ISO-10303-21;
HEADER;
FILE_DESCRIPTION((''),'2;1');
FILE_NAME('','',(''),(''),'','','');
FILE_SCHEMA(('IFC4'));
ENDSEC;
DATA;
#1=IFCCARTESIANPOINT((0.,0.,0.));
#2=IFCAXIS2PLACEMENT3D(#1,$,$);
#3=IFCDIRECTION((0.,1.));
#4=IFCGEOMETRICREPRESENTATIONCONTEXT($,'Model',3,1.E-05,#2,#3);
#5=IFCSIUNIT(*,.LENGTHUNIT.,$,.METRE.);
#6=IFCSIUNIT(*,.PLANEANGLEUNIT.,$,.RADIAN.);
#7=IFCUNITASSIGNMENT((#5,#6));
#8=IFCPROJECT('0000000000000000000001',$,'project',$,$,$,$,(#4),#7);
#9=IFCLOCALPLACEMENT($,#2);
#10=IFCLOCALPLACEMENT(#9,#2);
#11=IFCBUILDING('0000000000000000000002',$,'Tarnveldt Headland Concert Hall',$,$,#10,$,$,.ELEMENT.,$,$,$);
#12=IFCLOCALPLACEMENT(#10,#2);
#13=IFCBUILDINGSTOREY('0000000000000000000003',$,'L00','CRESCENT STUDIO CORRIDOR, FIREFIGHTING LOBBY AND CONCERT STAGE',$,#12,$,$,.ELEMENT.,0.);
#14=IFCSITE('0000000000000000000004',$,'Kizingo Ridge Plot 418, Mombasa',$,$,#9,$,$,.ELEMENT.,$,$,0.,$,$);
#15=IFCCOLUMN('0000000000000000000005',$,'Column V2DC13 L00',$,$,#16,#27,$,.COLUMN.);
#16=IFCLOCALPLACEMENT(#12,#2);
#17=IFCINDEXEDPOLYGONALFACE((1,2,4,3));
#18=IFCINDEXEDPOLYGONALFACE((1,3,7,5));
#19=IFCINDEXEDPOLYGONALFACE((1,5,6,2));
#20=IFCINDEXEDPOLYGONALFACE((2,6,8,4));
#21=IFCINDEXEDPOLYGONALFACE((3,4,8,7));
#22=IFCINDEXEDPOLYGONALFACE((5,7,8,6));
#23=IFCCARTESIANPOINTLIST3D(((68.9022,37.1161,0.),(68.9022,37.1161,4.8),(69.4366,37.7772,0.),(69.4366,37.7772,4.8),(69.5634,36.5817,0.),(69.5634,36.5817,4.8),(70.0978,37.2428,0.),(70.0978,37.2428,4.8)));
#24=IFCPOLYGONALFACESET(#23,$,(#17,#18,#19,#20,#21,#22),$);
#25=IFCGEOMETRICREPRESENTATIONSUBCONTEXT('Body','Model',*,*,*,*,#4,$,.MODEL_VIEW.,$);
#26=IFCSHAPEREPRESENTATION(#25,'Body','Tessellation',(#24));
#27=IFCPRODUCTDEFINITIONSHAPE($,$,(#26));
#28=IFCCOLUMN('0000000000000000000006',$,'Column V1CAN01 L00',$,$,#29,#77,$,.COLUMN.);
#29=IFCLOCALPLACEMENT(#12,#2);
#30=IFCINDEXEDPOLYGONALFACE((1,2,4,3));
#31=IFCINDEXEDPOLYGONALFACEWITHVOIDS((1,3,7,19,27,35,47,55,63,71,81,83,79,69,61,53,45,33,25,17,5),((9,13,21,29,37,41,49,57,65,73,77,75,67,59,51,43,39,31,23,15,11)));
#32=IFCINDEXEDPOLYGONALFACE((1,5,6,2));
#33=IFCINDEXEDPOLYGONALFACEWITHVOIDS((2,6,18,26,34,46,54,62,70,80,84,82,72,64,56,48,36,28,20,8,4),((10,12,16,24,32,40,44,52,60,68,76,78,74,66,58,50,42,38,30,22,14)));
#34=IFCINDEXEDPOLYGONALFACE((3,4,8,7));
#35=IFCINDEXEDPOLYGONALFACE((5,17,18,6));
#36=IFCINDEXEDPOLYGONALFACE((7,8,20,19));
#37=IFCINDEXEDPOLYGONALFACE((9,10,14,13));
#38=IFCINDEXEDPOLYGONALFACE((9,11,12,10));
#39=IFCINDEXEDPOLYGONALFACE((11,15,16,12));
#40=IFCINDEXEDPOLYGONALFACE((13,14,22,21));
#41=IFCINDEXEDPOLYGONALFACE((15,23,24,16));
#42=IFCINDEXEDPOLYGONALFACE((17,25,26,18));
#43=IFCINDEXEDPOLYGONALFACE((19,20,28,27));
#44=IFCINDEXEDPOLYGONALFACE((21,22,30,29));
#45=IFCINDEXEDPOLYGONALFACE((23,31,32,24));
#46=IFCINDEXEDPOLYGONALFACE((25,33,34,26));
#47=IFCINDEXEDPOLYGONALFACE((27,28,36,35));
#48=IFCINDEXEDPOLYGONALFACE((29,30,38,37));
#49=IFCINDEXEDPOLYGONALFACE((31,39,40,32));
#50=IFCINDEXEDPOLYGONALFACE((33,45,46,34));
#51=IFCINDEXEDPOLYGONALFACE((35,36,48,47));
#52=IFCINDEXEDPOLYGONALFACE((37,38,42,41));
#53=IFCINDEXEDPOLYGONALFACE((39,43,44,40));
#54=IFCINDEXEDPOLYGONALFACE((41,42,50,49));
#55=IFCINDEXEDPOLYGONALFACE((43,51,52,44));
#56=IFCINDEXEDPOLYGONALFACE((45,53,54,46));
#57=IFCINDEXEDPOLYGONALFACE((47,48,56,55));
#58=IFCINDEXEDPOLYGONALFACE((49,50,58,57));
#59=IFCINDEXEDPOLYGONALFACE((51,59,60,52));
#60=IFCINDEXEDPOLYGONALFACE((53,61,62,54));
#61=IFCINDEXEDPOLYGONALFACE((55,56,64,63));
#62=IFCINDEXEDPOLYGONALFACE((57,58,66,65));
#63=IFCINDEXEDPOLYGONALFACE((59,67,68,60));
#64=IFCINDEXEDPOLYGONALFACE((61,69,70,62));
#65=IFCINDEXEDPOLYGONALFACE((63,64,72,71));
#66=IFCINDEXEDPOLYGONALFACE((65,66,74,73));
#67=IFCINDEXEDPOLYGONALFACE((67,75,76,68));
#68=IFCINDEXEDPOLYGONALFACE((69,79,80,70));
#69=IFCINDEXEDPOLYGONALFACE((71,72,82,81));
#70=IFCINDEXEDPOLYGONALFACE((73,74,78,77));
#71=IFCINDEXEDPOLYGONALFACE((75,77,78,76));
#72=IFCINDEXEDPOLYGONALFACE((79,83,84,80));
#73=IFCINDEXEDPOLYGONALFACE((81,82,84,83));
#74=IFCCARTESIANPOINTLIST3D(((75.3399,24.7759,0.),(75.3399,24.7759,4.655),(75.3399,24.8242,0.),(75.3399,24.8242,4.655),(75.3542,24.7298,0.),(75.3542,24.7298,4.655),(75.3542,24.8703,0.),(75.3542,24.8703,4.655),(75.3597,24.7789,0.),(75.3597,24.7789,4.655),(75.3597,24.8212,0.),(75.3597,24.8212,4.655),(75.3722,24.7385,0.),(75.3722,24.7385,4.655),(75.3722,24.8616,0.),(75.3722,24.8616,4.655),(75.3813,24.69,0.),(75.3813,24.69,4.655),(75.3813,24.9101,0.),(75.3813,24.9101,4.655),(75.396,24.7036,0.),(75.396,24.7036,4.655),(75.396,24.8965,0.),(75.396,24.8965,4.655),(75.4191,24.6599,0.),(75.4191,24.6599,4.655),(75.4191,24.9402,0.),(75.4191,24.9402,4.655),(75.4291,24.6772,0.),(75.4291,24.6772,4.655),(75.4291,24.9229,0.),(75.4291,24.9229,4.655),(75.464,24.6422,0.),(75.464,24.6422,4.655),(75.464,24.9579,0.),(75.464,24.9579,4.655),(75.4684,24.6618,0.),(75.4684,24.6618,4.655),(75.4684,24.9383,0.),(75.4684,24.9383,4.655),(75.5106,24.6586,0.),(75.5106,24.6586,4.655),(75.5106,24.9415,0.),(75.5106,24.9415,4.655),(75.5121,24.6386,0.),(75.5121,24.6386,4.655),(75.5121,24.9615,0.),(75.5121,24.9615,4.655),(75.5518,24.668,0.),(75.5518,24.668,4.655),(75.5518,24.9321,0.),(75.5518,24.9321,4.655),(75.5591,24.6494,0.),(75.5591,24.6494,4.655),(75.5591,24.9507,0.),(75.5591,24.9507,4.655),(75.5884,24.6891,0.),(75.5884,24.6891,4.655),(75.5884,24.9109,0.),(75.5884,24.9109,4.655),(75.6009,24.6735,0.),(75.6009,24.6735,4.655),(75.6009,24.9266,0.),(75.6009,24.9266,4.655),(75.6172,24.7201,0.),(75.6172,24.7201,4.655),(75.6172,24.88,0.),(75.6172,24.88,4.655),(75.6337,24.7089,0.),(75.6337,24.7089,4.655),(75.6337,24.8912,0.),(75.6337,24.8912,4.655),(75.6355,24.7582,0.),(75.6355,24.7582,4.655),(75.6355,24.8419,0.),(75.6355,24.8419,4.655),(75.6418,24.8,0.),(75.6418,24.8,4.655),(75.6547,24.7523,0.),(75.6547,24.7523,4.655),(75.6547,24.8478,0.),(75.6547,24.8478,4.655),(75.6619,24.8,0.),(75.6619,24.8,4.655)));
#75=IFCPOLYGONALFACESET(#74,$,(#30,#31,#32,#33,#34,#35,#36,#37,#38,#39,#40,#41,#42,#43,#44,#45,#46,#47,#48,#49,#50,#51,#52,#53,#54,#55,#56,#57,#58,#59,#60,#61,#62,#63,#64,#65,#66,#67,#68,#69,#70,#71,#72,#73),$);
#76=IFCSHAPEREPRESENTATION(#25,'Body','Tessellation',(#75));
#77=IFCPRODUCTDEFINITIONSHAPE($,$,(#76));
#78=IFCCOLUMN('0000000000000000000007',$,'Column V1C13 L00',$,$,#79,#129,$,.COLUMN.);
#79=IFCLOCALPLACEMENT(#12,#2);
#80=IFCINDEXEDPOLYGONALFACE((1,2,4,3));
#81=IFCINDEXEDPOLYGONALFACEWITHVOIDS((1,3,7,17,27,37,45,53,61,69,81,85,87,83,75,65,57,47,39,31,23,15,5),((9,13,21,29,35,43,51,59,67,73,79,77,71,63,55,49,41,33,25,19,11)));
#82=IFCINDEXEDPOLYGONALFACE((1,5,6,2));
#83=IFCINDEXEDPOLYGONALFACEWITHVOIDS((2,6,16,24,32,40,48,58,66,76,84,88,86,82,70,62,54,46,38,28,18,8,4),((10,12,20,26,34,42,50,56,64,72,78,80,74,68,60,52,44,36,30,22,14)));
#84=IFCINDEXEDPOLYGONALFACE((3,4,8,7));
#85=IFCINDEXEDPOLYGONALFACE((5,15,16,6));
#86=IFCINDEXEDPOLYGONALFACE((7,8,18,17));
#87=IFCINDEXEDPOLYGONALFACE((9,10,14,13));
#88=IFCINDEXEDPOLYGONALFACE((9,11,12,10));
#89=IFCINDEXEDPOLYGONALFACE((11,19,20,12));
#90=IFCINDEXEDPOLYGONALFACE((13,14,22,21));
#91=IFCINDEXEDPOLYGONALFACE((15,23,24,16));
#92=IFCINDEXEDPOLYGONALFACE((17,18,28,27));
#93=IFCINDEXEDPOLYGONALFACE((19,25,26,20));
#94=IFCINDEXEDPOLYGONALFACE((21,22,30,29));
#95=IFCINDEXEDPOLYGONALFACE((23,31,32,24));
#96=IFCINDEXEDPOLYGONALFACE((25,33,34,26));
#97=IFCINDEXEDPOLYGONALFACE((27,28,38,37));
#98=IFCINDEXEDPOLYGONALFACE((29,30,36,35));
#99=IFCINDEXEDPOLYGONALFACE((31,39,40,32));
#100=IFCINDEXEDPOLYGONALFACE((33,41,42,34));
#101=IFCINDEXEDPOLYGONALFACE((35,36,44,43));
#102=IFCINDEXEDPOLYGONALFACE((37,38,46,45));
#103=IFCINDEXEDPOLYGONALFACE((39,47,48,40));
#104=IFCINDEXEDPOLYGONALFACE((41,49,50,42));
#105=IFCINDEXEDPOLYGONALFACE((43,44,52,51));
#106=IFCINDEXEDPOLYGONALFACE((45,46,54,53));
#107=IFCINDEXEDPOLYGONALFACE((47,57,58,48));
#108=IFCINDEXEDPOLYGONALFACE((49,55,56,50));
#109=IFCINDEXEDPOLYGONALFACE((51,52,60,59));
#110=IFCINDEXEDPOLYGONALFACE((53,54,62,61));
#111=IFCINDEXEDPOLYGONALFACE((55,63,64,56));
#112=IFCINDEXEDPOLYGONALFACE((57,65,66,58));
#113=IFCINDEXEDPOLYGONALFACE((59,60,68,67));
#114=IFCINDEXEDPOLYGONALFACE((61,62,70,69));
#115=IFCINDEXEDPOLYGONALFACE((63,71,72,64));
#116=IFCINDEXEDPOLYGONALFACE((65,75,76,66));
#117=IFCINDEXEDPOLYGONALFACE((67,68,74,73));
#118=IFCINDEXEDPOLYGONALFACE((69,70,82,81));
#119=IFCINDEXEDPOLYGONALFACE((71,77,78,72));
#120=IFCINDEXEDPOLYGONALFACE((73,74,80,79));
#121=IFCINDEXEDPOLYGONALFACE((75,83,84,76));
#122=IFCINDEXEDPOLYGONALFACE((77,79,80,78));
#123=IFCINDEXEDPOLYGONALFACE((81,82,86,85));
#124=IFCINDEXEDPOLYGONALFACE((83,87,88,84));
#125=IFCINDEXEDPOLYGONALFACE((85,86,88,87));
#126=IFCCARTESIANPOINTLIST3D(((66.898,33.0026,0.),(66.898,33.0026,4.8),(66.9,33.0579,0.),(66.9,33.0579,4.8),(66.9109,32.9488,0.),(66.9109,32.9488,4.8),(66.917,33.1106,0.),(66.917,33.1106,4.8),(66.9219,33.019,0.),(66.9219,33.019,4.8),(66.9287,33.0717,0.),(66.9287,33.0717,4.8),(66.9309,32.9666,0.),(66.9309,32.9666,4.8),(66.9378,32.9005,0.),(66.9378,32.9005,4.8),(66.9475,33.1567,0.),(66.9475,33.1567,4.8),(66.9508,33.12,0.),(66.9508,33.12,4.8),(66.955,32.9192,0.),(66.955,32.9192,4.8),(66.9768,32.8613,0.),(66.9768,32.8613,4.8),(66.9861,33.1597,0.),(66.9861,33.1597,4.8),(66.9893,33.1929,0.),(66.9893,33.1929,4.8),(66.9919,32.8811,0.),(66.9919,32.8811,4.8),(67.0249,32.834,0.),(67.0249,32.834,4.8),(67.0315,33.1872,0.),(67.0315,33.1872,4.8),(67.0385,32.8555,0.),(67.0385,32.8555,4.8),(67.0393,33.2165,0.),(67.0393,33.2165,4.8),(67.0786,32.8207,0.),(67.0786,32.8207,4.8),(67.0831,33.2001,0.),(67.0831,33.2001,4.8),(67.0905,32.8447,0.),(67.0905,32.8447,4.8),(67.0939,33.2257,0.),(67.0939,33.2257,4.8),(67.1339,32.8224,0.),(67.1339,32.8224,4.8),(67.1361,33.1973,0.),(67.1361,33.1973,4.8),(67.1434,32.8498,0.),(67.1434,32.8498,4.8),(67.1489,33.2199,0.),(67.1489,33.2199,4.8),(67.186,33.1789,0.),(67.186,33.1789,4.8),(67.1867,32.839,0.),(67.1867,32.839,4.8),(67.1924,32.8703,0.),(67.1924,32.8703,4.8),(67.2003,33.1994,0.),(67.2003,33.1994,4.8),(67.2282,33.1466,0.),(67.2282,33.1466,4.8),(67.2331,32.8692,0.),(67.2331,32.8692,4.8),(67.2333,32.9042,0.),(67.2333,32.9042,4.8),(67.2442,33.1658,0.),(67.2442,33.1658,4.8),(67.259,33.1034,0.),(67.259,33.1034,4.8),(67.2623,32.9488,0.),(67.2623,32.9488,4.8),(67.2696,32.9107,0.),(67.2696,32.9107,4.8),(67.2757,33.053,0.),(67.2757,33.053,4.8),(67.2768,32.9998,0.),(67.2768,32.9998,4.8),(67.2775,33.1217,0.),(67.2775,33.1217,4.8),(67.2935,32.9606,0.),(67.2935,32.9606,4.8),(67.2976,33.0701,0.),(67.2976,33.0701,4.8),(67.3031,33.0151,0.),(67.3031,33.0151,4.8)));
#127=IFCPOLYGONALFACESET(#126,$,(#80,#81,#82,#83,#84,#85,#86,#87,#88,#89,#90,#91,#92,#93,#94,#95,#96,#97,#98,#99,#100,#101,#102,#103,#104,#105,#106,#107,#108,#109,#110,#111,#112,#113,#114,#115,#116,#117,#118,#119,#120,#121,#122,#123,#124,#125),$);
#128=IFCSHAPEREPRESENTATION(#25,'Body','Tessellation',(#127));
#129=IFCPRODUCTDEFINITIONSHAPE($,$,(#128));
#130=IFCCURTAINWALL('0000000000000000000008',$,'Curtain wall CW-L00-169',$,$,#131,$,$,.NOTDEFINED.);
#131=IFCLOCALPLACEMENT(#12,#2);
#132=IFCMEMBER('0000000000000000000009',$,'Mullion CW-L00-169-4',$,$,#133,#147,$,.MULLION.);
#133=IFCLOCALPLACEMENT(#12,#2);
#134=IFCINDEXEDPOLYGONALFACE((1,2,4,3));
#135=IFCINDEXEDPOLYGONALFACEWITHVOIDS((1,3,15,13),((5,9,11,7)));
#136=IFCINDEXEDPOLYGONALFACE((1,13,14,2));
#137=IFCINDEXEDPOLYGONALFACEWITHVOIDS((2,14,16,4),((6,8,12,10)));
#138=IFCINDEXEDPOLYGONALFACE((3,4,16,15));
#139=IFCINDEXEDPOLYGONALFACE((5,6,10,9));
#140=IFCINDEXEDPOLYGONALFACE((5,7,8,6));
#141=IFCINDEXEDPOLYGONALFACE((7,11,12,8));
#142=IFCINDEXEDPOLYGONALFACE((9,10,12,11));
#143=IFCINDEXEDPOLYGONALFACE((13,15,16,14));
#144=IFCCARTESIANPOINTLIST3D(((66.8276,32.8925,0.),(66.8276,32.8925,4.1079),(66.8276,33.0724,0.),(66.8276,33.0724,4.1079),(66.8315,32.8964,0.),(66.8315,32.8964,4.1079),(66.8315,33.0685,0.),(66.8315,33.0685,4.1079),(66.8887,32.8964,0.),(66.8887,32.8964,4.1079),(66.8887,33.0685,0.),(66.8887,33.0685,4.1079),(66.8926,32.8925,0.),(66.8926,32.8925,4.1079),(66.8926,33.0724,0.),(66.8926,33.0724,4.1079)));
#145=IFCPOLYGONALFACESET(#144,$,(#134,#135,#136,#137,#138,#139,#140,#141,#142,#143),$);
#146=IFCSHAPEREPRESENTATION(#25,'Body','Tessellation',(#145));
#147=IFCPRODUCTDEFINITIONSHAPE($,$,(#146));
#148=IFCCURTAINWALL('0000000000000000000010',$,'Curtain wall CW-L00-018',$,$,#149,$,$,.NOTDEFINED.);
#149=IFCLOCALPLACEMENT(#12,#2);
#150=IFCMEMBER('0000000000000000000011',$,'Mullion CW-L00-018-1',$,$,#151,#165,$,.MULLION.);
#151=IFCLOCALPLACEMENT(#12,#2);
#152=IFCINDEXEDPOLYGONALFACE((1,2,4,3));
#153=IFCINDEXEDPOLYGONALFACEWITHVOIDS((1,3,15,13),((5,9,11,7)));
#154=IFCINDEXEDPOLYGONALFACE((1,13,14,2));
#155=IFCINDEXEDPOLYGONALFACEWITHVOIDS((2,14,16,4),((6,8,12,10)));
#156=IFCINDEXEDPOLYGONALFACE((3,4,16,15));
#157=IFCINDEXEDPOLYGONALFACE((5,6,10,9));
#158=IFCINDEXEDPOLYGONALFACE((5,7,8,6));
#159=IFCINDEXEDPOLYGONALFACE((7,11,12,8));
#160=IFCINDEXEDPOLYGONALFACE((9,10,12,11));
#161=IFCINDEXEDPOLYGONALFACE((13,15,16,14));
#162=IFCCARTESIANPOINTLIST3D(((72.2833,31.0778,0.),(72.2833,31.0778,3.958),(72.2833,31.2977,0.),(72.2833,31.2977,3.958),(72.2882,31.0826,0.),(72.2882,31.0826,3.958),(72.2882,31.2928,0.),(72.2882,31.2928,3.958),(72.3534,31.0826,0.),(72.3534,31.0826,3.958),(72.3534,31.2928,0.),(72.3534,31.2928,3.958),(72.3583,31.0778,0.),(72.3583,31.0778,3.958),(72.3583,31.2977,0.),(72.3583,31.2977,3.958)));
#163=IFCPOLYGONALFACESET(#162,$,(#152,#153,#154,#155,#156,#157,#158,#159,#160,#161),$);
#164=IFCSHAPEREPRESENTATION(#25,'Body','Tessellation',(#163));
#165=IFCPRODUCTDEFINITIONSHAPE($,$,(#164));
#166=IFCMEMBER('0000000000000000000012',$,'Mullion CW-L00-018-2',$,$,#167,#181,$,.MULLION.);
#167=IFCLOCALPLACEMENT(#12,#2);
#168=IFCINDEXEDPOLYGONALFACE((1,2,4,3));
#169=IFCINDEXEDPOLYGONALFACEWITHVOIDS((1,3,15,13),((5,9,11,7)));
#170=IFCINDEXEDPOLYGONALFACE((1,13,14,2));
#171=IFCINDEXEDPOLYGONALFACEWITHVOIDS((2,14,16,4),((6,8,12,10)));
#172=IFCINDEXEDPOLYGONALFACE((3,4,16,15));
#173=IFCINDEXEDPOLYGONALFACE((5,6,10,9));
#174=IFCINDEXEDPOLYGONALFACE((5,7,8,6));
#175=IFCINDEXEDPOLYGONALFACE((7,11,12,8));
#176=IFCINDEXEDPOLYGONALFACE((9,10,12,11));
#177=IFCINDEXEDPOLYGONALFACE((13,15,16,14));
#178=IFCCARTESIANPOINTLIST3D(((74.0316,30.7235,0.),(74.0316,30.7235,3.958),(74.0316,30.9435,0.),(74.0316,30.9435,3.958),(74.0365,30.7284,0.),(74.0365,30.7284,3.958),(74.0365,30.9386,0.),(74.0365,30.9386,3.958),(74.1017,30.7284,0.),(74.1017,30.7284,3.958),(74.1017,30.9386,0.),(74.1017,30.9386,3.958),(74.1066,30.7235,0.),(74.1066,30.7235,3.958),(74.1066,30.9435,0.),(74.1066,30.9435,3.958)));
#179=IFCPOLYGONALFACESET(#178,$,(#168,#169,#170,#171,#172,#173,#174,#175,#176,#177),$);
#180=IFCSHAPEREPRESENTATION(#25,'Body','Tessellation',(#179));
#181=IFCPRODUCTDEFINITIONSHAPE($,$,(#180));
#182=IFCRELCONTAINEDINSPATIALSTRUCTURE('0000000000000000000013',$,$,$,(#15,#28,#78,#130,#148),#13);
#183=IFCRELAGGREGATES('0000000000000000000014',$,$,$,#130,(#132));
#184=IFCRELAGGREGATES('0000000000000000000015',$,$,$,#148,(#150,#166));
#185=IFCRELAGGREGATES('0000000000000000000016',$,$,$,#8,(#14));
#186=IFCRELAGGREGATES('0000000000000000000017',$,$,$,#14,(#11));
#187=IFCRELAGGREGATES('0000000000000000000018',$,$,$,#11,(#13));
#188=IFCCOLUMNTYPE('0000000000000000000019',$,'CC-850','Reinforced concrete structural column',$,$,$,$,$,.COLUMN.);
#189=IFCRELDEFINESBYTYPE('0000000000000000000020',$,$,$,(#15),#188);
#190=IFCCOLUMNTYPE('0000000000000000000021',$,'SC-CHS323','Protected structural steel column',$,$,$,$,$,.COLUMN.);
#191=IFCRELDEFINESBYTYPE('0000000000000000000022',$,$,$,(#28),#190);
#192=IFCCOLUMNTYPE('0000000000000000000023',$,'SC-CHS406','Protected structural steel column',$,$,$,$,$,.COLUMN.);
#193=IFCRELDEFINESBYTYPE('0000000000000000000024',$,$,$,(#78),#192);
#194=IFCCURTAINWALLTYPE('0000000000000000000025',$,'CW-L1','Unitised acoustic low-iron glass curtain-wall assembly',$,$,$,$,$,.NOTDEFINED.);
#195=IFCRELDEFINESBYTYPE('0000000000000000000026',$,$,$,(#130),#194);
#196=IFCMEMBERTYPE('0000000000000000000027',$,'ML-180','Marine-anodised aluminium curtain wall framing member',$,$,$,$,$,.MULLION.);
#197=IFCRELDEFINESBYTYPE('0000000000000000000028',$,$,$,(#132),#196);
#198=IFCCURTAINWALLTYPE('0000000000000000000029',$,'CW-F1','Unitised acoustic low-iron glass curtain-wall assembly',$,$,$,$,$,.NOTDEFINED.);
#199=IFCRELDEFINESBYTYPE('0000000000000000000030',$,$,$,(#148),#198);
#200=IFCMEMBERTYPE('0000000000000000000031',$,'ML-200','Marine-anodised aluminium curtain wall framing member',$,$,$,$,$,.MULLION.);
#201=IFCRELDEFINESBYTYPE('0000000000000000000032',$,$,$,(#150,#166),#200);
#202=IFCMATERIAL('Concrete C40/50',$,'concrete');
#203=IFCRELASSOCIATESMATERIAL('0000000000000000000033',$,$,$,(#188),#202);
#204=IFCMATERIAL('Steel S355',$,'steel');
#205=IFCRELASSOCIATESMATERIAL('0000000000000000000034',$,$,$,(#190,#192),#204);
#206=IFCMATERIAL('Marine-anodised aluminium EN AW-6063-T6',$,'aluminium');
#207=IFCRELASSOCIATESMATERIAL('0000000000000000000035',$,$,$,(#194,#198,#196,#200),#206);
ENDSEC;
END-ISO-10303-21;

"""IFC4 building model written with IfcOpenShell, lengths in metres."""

from ifc_helpers import new_model, si_unit, direction, frame, origin, origin_2d, place, context, subcontext, project, spatial, rectangle, hollow_rectangle, hollow_circle, extrude, material, material_profile, profile_set, type_object, element, aggregate, save


model = new_model("IFC4")

# Units and contexts
model_context = context("Model", 3, precision=1e-05, world=origin(), true_north=direction((0.0, 1.0)))
body_context = subcontext(model_context, "Body", "Model", "MODEL_VIEW")
ifc_project = project(units=[si_unit("LENGTHUNIT", "METRE"), si_unit("PLANEANGLEUNIT", "RADIAN")], contexts=[model_context])

# Site, building, storey
site_placement = place(None, origin())
site = spatial("IfcSite", under=ifc_project, at=site_placement, Name="Kizingo Ridge Plot 418, Mombasa", CompositionType="ELEMENT", RefElevation=0.0)
building_placement = place(site_placement, origin())
building = spatial("IfcBuilding", under=site, at=building_placement, Name="Tarnveldt Headland Concert Hall", CompositionType="ELEMENT")
storey_placement = place(building_placement, origin())
storey = spatial("IfcBuildingStorey", under=building, at=storey_placement, Name="L00", Description="CRESCENT STUDIO CORRIDOR, FIREFIGHTING LOBBY AND CONCERT STAGE", CompositionType="ELEMENT", Elevation=0.0)

# Columns
ifc_material_1 = material(Name="Concrete C40/50", Category="concrete")
ifc_material_profile_1 = material_profile(ifc_material_1, rectangle(XDim=0.8501, YDim=0.8501, at=origin_2d()), Name="RC 850x850", Category="concrete")
ifc_profile_set_1 = profile_set([ifc_material_profile_1], Name="Concrete C40/50")
column_type_1 = type_object("IfcColumnType", Name="CC-850", Description="Reinforced concrete structural column", PredefinedType="COLUMN", material=ifc_profile_set_1)
column_1_placement = place(storey_placement, frame((69.5, 37.1794, 0.0), z_axis=(0.0, 0.0, 1.0), x_axis=(-0.628642, -0.777695, 0.0)))
element("IfcColumn", 1, at=column_1_placement, inside=storey, type_object=column_type_1, Name="Column V2DC13 L00", PredefinedType="COLUMN", context=body_context, shape_type="SweptSolid", body=[
    extrude(rectangle(XDim=0.8501, YDim=0.8501, at=origin_2d()), origin(), (0.0, 0.0, 1.0), 4.8),
])
ifc_material_2 = material(Name="Steel S355", Category="steel")
ifc_material_profile_2 = material_profile(ifc_material_2, hollow_circle(Radius=0.1619, WallThickness=0.02, at=origin_2d()), Name="CHS 323.9x20", Category="steel")
ifc_profile_set_2 = profile_set([ifc_material_profile_2], Name="Steel S355")
column_type_2 = type_object("IfcColumnType", Name="SC-CHS323", Description="Protected structural steel column", PredefinedType="COLUMN", material=ifc_profile_set_2)
column_2_placement = place(storey_placement, frame((75.5, 24.8, 0.0), z_axis=(0.0, 0.0, 1.0), x_axis=(1.0, 0.0, 0.0)))
element("IfcColumn", 2, at=column_2_placement, inside=storey, type_object=column_type_2, Name="Column V1CAN01 L00", PredefinedType="COLUMN", context=body_context, shape_type="SweptSolid", body=[
    extrude(hollow_circle(Radius=0.1619, WallThickness=0.02, at=origin_2d()), origin(), (0.0, 0.0, 1.0), 4.655),
])
ifc_material_profile_3 = material_profile(ifc_material_2, hollow_circle(Radius=0.2031, WallThickness=0.0249, at=origin_2d()), Name="CHS 406.4x25", Category="steel")
ifc_profile_set_3 = profile_set([ifc_material_profile_3], Name="Steel S355")
column_type_3 = type_object("IfcColumnType", Name="SC-CHS406", Description="Protected structural steel column", PredefinedType="COLUMN", material=ifc_profile_set_3)
column_3_placement = place(storey_placement, frame((67.1001, 33.0227, 0.0), z_axis=(0.0, 0.0, 1.0), x_axis=(-0.60696, -0.794733, 0.0)))
element("IfcColumn", 3, at=column_3_placement, inside=storey, type_object=column_type_3, Name="Column V1C13 L00", PredefinedType="COLUMN", context=body_context, shape_type="SweptSolid", body=[
    extrude(hollow_circle(Radius=0.2031, WallThickness=0.0249, at=origin_2d()), origin(), (0.0, 0.0, 1.0), 4.8),
])

# Curtain wall, member
ifc_material_3 = material(Name="Marine-anodised aluminium EN AW-6063-T6", Category="aluminium")
curtain_wall_type_1 = type_object("IfcCurtainWallType", Name="CW-L1", Description="Unitised acoustic low-iron glass curtain-wall assembly", PredefinedType="NOTDEFINED", material=ifc_material_3)
curtain_wall_1_placement = place(storey_placement, origin())
curtain_wall_1 = element("IfcCurtainWall", 4, at=curtain_wall_1_placement, inside=storey, type_object=curtain_wall_type_1, Name="Curtain wall CW-L00-169", PredefinedType="NOTDEFINED")
ifc_material_profile_4 = material_profile(ifc_material_3, hollow_rectangle(XDim=0.0649, YDim=0.1799, WallThickness=0.0039, at=origin_2d()), Name="ALU MULLION 65x180x4", Category="aluminium")
ifc_profile_set_4 = profile_set([ifc_material_profile_4], Name="Marine-anodised aluminium EN AW-6063-T6")
member_type_1 = type_object("IfcMemberType", Name="ML-180", Description="Marine-anodised aluminium curtain wall framing member", PredefinedType="MULLION", material=ifc_profile_set_4)
member_1_placement = place(storey_placement, frame((66.8601, 32.9824, 0.0), z_axis=(0.0, 0.0, 1.0), x_axis=(1.0, 0.0, 0.0)))
member_1 = element("IfcMember", 5, at=member_1_placement, type_object=member_type_1, Name="Mullion CW-L00-169-4", PredefinedType="MULLION", context=body_context, shape_type="SweptSolid", body=[
    extrude(hollow_rectangle(XDim=0.0649, YDim=0.1799, WallThickness=0.0039, at=origin_2d()), origin(), (0.0, 0.0, 1.0), 4.1079),
])
aggregate(curtain_wall_1, [member_1])

# Curtain wall, members
curtain_wall_type_2 = type_object("IfcCurtainWallType", Name="CW-F1", Description="Unitised acoustic low-iron glass curtain-wall assembly", PredefinedType="NOTDEFINED", material=ifc_material_3)
curtain_wall_2_placement = place(storey_placement, origin())
curtain_wall_2 = element("IfcCurtainWall", 6, at=curtain_wall_2_placement, inside=storey, type_object=curtain_wall_type_2, Name="Curtain wall CW-L00-018", PredefinedType="NOTDEFINED")
ifc_material_profile_5 = material_profile(ifc_material_3, hollow_rectangle(XDim=0.075, YDim=0.22, WallThickness=0.0049, at=origin_2d()), Name="ALU MULLION 75x220x5", Category="aluminium")
ifc_profile_set_5 = profile_set([ifc_material_profile_5], Name="Marine-anodised aluminium EN AW-6063-T6")
member_type_2 = type_object("IfcMemberType", Name="ML-200", Description="Marine-anodised aluminium curtain wall framing member", PredefinedType="MULLION", material=ifc_profile_set_5)
member_2_placement = place(storey_placement, frame((72.3208, 31.1877, 0.0), z_axis=(0.0, 0.0, 1.0), x_axis=(1.0, 0.0, 0.0)))
member_2 = element("IfcMember", 7, at=member_2_placement, type_object=member_type_2, Name="Mullion CW-L00-018-1", PredefinedType="MULLION", context=body_context, shape_type="SweptSolid", body=[
    extrude(hollow_rectangle(XDim=0.075, YDim=0.22, WallThickness=0.0049, at=origin_2d()), origin(), (0.0, 0.0, 1.0), 3.958),
])
member_3_placement = place(storey_placement, frame((74.0691, 30.8335, 0.0), z_axis=(0.0, 0.0, 1.0), x_axis=(1.0, 0.0, 0.0)))
member_3 = element("IfcMember", 8, at=member_3_placement, type_object=member_type_2, Name="Mullion CW-L00-018-2", PredefinedType="MULLION", context=body_context, shape_type="SweptSolid", body=[
    extrude(hollow_rectangle(XDim=0.075, YDim=0.22, WallThickness=0.0049, at=origin_2d()), origin(), (0.0, 0.0, 1.0), 3.958),
])

aggregate(curtain_wall_2, [member_2, member_3])

save(model, "model.ifc")
